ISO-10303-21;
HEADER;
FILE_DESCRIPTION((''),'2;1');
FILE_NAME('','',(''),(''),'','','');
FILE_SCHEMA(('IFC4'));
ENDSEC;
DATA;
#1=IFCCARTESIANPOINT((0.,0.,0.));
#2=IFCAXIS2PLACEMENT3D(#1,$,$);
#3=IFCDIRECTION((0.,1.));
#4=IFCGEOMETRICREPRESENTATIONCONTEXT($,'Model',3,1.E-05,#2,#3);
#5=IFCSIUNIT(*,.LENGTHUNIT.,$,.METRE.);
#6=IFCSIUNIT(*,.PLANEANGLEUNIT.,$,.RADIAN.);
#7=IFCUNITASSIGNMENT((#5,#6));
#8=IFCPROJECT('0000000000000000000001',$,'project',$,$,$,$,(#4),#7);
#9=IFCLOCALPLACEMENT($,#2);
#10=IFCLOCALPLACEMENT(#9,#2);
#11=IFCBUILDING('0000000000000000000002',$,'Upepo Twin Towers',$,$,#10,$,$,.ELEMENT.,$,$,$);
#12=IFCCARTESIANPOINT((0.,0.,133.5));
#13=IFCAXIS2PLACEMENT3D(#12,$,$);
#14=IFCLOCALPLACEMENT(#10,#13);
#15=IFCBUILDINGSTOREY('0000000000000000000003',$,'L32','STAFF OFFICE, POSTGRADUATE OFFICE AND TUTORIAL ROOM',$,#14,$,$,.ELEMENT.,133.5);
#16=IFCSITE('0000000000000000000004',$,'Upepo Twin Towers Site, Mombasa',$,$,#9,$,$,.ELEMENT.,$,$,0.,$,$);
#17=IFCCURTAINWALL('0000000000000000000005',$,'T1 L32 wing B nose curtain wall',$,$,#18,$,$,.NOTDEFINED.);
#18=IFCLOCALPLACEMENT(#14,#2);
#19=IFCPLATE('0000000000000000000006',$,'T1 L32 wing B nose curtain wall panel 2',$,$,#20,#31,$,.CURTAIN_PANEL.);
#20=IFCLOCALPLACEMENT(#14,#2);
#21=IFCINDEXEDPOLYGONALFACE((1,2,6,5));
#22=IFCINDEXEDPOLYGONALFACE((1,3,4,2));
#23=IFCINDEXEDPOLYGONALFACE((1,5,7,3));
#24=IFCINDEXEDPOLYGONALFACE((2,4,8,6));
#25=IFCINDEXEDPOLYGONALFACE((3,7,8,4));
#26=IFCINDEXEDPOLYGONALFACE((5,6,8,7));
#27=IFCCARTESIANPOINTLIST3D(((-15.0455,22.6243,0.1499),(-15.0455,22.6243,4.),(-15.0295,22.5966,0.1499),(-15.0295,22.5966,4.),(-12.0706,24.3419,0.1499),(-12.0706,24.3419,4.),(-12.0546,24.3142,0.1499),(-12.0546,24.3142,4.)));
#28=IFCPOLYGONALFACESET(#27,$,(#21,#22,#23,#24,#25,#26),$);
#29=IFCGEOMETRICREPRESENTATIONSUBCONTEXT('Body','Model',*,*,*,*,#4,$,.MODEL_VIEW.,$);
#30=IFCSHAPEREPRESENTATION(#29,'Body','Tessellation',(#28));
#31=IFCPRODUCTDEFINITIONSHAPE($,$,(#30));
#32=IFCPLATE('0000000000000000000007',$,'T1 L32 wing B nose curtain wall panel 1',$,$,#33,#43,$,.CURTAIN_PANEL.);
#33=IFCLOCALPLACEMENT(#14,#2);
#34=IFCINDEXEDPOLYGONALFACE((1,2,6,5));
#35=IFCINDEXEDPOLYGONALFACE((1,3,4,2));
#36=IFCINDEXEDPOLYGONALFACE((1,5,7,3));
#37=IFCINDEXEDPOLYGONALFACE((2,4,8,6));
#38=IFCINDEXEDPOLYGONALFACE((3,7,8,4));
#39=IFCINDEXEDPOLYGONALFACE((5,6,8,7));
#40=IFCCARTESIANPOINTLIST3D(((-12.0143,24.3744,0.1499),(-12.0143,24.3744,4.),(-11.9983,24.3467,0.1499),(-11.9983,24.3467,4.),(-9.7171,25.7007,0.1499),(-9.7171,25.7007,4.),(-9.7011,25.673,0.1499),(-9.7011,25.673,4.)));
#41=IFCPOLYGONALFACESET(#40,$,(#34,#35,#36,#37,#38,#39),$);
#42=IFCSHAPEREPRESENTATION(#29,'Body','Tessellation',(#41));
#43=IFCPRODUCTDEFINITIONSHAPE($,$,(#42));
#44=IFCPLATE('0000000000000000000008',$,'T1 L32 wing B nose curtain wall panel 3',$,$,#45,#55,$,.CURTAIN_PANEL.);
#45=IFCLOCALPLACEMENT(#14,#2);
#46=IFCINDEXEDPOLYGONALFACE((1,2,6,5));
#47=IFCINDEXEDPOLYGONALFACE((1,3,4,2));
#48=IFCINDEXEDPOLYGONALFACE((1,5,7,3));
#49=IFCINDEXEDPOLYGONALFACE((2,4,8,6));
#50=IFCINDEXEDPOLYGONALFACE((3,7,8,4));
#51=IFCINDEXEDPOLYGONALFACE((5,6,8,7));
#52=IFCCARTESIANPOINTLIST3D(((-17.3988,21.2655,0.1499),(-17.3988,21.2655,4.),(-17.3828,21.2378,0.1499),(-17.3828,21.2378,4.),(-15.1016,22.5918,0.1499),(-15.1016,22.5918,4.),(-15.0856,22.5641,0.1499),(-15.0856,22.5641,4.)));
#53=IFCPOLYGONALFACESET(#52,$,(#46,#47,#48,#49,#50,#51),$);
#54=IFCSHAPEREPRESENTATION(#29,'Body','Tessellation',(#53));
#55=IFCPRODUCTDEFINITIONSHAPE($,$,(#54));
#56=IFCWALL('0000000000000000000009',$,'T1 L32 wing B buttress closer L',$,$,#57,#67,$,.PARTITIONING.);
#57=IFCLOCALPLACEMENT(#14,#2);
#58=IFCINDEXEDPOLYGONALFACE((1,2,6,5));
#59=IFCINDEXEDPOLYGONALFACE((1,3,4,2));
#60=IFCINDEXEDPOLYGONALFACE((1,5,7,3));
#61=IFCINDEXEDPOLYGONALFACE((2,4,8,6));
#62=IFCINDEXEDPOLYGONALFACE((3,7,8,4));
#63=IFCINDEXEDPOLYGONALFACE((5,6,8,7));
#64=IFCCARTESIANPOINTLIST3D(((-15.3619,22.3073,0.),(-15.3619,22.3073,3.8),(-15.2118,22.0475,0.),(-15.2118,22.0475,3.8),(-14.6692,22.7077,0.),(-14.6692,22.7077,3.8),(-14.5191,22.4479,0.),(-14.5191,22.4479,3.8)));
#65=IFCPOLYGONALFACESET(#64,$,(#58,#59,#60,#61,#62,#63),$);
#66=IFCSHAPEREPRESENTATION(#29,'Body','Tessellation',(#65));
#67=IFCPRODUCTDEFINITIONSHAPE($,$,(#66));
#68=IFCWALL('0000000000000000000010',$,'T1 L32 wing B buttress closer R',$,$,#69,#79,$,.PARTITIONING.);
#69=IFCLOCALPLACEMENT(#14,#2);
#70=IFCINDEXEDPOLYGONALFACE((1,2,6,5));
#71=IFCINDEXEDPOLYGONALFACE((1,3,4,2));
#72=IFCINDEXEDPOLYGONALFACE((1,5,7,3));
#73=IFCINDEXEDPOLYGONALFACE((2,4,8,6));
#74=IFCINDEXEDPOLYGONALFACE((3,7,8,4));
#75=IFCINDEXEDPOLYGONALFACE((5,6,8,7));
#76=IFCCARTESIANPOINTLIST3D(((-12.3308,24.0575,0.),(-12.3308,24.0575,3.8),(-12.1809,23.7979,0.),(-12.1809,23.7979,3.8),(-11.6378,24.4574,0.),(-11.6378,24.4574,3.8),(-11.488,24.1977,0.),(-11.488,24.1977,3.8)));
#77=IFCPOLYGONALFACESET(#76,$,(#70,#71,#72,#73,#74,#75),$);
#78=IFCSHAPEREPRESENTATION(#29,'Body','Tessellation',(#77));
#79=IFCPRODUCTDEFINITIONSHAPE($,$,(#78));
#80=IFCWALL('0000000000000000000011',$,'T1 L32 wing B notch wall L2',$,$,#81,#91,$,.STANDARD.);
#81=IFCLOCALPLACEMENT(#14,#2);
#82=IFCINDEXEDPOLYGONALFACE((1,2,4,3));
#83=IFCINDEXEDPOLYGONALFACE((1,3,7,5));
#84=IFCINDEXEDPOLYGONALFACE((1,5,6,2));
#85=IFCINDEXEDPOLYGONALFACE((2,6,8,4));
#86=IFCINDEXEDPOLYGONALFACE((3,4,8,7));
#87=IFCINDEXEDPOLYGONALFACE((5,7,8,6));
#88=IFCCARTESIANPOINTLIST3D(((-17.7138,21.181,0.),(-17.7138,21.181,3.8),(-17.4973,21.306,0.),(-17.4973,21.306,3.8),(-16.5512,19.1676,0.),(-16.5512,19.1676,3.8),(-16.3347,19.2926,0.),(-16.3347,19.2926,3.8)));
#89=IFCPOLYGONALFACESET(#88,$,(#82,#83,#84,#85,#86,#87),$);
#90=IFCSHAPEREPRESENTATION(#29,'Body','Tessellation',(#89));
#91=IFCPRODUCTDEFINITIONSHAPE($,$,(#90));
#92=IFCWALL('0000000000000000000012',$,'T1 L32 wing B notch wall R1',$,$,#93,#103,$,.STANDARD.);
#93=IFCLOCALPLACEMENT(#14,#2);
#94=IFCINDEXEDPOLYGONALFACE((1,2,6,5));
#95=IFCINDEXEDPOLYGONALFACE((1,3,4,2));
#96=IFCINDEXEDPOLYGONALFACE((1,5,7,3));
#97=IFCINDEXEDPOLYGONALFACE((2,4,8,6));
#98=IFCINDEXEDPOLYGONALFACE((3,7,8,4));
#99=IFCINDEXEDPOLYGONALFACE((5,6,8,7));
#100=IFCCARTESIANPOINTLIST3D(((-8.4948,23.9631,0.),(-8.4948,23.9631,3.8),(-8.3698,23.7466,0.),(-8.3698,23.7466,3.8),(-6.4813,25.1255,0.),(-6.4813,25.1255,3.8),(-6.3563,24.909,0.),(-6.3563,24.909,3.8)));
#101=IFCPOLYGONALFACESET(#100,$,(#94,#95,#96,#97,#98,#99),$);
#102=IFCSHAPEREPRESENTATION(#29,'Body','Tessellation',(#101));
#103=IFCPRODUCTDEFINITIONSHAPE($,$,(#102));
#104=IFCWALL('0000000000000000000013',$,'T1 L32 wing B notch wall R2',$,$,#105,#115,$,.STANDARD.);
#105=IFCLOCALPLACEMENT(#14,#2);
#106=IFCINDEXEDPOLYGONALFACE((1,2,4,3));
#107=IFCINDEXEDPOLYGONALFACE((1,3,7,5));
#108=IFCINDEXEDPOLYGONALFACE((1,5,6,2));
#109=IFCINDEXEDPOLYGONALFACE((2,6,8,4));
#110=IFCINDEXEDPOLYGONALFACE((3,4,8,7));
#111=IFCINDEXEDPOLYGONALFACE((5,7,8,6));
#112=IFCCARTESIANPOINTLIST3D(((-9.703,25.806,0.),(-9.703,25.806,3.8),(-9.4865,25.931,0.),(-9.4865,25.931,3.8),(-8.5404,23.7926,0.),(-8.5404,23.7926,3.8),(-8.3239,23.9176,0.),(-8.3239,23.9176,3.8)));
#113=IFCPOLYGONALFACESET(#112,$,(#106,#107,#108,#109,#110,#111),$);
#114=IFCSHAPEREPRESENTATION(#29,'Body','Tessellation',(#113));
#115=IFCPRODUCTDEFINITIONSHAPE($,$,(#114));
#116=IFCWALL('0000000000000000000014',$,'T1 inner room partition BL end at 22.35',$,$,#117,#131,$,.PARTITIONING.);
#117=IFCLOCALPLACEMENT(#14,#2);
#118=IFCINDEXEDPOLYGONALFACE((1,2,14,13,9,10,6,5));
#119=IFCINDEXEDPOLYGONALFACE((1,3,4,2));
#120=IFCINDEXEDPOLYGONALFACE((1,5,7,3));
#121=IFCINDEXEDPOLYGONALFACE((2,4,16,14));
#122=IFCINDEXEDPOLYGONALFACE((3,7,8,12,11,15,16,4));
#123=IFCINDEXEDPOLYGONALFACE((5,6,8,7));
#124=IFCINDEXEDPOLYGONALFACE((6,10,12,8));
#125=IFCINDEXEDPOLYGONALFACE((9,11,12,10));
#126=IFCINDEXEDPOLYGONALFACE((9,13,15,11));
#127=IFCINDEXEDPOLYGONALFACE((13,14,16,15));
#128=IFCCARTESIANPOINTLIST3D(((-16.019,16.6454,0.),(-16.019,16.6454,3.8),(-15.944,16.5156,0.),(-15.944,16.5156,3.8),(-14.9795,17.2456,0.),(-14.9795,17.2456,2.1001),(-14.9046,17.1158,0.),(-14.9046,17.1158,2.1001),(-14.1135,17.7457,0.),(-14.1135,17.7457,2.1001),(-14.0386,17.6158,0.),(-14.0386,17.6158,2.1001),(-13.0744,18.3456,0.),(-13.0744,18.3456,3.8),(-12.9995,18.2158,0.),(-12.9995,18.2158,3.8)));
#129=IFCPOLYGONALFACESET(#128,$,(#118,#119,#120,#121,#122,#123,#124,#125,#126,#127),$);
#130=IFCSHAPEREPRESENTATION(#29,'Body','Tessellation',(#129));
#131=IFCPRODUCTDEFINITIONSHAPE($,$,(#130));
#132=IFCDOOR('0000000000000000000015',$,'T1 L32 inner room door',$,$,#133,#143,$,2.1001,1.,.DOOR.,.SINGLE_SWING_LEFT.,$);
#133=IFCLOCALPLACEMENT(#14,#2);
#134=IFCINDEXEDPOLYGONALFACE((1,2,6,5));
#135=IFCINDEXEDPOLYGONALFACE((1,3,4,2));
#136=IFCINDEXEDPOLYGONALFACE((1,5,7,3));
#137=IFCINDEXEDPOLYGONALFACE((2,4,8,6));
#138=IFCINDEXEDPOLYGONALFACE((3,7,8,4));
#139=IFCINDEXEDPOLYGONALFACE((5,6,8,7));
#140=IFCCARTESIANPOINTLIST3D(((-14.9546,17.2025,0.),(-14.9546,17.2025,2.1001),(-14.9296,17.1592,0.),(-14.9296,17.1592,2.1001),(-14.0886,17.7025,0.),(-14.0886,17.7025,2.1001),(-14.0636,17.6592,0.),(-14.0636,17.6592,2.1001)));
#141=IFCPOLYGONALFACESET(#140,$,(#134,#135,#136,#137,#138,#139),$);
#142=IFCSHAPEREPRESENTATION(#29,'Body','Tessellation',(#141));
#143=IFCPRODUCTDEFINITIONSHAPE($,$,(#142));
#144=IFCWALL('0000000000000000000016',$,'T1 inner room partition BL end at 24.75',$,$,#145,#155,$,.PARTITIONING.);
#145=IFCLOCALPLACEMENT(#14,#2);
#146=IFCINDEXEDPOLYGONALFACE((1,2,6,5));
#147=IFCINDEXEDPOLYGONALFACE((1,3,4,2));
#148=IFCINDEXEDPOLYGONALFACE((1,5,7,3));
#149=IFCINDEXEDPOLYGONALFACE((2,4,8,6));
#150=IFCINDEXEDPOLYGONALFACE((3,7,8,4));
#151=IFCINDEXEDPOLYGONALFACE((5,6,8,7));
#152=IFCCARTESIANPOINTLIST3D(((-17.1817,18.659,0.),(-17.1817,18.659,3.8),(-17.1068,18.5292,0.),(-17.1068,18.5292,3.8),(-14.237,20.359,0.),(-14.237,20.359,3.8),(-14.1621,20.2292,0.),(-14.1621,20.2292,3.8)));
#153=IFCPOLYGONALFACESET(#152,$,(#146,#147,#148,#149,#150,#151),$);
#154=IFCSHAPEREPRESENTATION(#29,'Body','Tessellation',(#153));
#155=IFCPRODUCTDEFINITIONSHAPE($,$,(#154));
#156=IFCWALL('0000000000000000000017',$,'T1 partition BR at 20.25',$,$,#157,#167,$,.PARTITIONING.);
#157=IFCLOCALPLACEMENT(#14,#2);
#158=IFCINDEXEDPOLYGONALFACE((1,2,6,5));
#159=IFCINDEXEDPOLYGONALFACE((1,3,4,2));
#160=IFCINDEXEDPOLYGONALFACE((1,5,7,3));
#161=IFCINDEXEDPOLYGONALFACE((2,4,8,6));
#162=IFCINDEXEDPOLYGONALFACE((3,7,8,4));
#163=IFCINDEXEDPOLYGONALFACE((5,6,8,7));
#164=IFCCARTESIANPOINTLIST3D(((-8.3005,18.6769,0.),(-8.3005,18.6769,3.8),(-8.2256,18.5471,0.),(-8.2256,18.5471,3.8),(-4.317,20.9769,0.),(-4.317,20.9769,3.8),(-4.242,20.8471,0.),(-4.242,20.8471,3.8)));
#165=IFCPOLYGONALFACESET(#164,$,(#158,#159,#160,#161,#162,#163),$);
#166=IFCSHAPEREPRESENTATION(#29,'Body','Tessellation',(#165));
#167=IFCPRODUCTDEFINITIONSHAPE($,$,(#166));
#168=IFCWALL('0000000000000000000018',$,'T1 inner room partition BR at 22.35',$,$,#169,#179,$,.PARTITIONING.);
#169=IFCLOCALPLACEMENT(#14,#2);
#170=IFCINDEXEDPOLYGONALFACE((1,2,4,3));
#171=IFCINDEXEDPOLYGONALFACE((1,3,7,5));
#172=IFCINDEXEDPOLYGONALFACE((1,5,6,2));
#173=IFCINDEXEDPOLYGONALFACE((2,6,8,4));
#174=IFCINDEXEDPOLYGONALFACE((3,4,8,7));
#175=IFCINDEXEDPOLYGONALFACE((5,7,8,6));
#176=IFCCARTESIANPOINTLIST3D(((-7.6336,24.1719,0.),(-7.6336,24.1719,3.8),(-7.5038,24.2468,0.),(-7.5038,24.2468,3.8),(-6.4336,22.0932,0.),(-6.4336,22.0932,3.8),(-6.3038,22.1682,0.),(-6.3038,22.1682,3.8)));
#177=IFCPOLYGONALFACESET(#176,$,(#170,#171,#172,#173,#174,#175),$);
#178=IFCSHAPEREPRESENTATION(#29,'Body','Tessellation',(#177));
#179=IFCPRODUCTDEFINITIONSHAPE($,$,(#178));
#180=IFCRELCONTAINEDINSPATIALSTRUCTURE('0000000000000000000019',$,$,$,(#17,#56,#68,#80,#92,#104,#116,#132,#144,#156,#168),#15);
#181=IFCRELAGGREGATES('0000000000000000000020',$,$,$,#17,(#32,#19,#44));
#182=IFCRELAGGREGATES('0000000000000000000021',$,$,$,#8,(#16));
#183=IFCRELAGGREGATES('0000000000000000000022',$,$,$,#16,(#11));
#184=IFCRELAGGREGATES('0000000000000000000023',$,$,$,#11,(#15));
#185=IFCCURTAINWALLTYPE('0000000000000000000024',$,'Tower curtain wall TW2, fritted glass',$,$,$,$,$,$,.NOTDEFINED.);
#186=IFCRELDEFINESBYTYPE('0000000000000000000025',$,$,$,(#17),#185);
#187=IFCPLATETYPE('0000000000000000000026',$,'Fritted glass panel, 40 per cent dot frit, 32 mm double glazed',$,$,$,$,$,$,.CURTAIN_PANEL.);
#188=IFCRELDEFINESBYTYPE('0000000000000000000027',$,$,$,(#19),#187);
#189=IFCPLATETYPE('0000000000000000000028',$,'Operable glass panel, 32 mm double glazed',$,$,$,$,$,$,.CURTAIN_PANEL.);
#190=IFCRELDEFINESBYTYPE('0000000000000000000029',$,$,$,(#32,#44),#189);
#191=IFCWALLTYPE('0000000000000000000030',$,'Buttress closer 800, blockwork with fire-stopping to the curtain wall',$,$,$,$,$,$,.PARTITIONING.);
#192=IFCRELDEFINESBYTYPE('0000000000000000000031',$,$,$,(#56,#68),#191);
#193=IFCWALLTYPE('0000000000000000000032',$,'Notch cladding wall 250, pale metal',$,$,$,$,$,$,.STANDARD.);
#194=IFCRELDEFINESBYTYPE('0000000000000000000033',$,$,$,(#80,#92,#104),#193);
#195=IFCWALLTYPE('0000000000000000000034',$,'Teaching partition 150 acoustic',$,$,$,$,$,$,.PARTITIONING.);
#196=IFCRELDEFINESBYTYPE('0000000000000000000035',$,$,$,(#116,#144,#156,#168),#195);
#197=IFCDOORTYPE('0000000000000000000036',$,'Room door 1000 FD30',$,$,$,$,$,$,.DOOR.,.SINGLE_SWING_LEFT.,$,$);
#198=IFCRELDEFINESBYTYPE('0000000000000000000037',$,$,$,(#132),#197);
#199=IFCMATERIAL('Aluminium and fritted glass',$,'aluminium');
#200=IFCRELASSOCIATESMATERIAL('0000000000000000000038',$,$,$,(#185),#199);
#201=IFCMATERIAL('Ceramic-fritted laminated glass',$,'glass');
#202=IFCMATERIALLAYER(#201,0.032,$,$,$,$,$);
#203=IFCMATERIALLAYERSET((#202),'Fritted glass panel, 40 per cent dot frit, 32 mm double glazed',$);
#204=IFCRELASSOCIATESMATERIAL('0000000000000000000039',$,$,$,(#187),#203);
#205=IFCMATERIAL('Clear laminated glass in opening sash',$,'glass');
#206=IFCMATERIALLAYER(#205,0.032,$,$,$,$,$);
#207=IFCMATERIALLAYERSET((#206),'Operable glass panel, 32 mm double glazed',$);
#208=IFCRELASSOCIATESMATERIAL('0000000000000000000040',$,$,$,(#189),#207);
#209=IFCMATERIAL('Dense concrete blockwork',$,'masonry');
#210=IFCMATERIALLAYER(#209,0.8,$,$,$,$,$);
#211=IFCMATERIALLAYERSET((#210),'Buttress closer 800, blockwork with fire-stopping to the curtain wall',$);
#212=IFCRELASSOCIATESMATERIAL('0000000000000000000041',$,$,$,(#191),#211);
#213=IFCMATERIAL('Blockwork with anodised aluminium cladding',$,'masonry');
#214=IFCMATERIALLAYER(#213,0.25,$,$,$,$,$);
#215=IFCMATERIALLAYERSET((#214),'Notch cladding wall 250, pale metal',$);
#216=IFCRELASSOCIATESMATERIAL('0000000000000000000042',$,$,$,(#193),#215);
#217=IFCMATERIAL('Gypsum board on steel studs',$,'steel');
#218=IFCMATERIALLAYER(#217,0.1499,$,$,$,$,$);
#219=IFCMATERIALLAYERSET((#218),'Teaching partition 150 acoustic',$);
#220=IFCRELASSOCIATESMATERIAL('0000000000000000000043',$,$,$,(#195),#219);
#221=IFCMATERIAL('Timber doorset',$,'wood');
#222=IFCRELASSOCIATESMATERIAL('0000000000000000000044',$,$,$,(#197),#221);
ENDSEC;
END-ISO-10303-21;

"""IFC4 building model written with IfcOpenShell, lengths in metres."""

from ifc_helpers import new_model, si_unit, direction, frame, frame_2d, origin, origin_2d, place, context, subcontext, project, spatial, rectangle, extrude, material, layer, layer_set, type_object, element, fill, aggregate, save


model = new_model("IFC4")

# Units and contexts
model_context = context("Model", 3, precision=1e-05, world=origin(), true_north=direction((0.0, 1.0)))
body_context = subcontext(model_context, "Body", "Model", "MODEL_VIEW")
ifc_project = project(units=[si_unit("LENGTHUNIT", "METRE"), si_unit("PLANEANGLEUNIT", "RADIAN")], contexts=[model_context])

# Site, building, storey
site_placement = place(None, origin())
site = spatial("IfcSite", under=ifc_project, at=site_placement, Name="Upepo Twin Towers Site, Mombasa", CompositionType="ELEMENT", RefElevation=0.0)
building_placement = place(site_placement, origin())
building = spatial("IfcBuilding", under=site, at=building_placement, Name="Upepo Twin Towers", CompositionType="ELEMENT")
storey_placement = place(building_placement, frame((0.0, 0.0, 133.5)))
storey = spatial("IfcBuildingStorey", under=building, at=storey_placement, Name="L32", Description="STAFF OFFICE, POSTGRADUATE OFFICE AND TUTORIAL ROOM", CompositionType="ELEMENT", Elevation=133.5)

# Shared definitions
ifc_material_1 = material(Name="Aluminium and fritted glass", Category="aluminium")
curtain_wall_type = type_object("IfcCurtainWallType", Name="Tower curtain wall TW2, fritted glass", PredefinedType="NOTDEFINED", material=ifc_material_1)

# Curtain wall
curtain_wall_1_placement = place(storey_placement, origin())
curtain_wall_1 = element("IfcCurtainWall", 1, at=curtain_wall_1_placement, inside=storey, type_object=curtain_wall_type, Name="T1 L32 wing B nose curtain wall", PredefinedType="NOTDEFINED")

# Plates
ifc_material_2 = material(Name="Ceramic-fritted laminated glass", Category="glass")
ifc_layer_1 = layer(ifc_material_2, 0.032)
ifc_layer_set_1 = layer_set([ifc_layer_1], Name="Fritted glass panel, 40 per cent dot frit, 32 mm double glazed")
plate_type_1 = type_object("IfcPlateType", Name="Fritted glass panel, 40 per cent dot frit, 32 mm double glazed", PredefinedType="CURTAIN_PANEL", material=ifc_layer_set_1)
plate_1_placement = place(storey_placement, frame((-13.55, 23.4692, 0.1499), z_axis=(0.0, 0.0, 1.0), x_axis=(-0.866025, -0.5, 0.0)))
plate_1 = element("IfcPlate", 2, at=plate_1_placement, type_object=plate_type_1, Name="T1 L32 wing B nose curtain wall panel 2", PredefinedType="CURTAIN_PANEL", context=body_context, shape_type="SweptSolid", body=[
    extrude(rectangle(XDim=3.4351, YDim=0.032, at=origin_2d()), origin(), (0.0, 0.0, 1.0), 3.8501),
])
ifc_material_3 = material(Name="Clear laminated glass in opening sash", Category="glass")
ifc_layer_2 = layer(ifc_material_3, 0.032)
ifc_layer_set_2 = layer_set([ifc_layer_2], Name="Operable glass panel, 32 mm double glazed")
plate_type_2 = type_object("IfcPlateType", Name="Operable glass panel, 32 mm double glazed", PredefinedType="CURTAIN_PANEL", material=ifc_layer_set_2)
plate_2_placement = place(storey_placement, frame((-10.8577, 25.0237, 0.1499), z_axis=(0.0, 0.0, 1.0), x_axis=(-0.866025, -0.5, 0.0)))
plate_2 = element("IfcPlate", 3, at=plate_2_placement, type_object=plate_type_2, Name="T1 L32 wing B nose curtain wall panel 1", PredefinedType="CURTAIN_PANEL", context=body_context, shape_type="SweptSolid", body=[
    extrude(rectangle(XDim=2.6526, YDim=0.032, at=origin_2d()), origin(), (0.0, 0.0, 1.0), 3.8501),
])
plate_3_placement = place(storey_placement, frame((-16.2422, 21.9148, 0.1499), z_axis=(0.0, 0.0, 1.0), x_axis=(-0.866025, -0.5, 0.0)))
plate_3 = element("IfcPlate", 4, at=plate_3_placement, type_object=plate_type_2, Name="T1 L32 wing B nose curtain wall panel 3", PredefinedType="CURTAIN_PANEL", context=body_context, shape_type="SweptSolid", body=[
    extrude(rectangle(XDim=2.6526, YDim=0.032, at=origin_2d()), origin(), (0.0, 0.0, 1.0), 3.8501),
])
aggregate(curtain_wall_1, [plate_2, plate_1, plate_3])

# Walls
ifc_material_4 = material(Name="Dense concrete blockwork", Category="masonry")
ifc_layer_3 = layer(ifc_material_4, 0.8)
ifc_layer_set_3 = layer_set([ifc_layer_3], Name="Buttress closer 800, blockwork with fire-stopping to the curtain wall")
wall_type_1 = type_object("IfcWallType", Name="Buttress closer 800, blockwork with fire-stopping to the curtain wall", PredefinedType="PARTITIONING", material=ifc_layer_set_3)
wall_1_placement = place(storey_placement, frame((-14.8655, 22.2478, 0.0), z_axis=(0.0, 0.0, 1.0), x_axis=(-0.500427, 0.865779, 0.0)))
element("IfcWall", 5, at=wall_1_placement, inside=storey, type_object=wall_type_1, Name="T1 L32 wing B buttress closer L", PredefinedType="PARTITIONING", context=body_context, shape_type="SweptSolid", body=[
    extrude(rectangle(XDim=0.3, YDim=0.8, at=frame_2d((0.1499, 0.0))), origin(), (0.0, 0.0, 1.0), 3.8),
])
wall_2_placement = place(storey_placement, frame((-11.8345, 23.9978, 0.0), z_axis=(0.0, 0.0, 1.0), x_axis=(-0.499816, 0.866131, 0.0)))
element("IfcWall", 6, at=wall_2_placement, inside=storey, type_object=wall_type_1, Name="T1 L32 wing B buttress closer R", PredefinedType="PARTITIONING", context=body_context, shape_type="SweptSolid", body=[
    extrude(rectangle(XDim=0.2998, YDim=0.8, at=frame_2d((0.1499, 0.0))), origin(), (0.0, 0.0, 1.0), 3.8),
])
ifc_material_5 = material(Name="Blockwork with anodised aluminium cladding", Category="masonry")
ifc_layer_4 = layer(ifc_material_5, 0.25)
ifc_layer_set_4 = layer_set([ifc_layer_4], Name="Notch cladding wall 250, pale metal")
wall_type_2 = type_object("IfcWallType", Name="Notch cladding wall 250, pale metal", PredefinedType="STANDARD", material=ifc_layer_set_4)
for number, where, z_axis, x_axis, name in (
    (7, (-16.4429, 19.23, 0.0), (0.0, 0.0, 1.0), (-0.500047, 0.865998, 0.0), "T1 L32 wing B notch wall L2"),
    (8, (-6.4187, 25.0173, 0.0), (0.0, 0.0, 1.0), (-0.866044, -0.499968, 0.0), "T1 L32 wing B notch wall R1"),
    (9, (-8.4321, 23.855, 0.0), (0.0, 0.0, 1.0), (-0.500047, 0.865998, 0.0), "T1 L32 wing B notch wall R2"),
):
    element("IfcWall", number, at=place(storey_placement, frame(where, z_axis=z_axis, x_axis=x_axis)), inside=storey, type_object=wall_type_2, Name=name, PredefinedType="STANDARD", context=body_context, shape_type="SweptSolid", body=[
        extrude(rectangle(XDim=2.325, YDim=0.25, at=frame_2d((1.1626, 0.0))), origin(), (0.0, 0.0, 1.0), 3.8),
    ])

# Wall, opening, door
ifc_material_6 = material(Name="Gypsum board on steel studs", Category="steel")
ifc_layer_5 = layer(ifc_material_6, 0.1499)
ifc_layer_set_5 = layer_set([ifc_layer_5], Name="Teaching partition 150 acoustic")
wall_type_3 = type_object("IfcWallType", Name="Teaching partition 150 acoustic", PredefinedType="PARTITIONING", material=ifc_layer_set_5)
wall_3_placement = place(storey_placement, frame((-13.0369, 18.2808, 0.0), z_axis=(0.0, 0.0, 1.0), x_axis=(-0.866007, -0.500031, 0.0)))
wall_3 = element("IfcWall", 10, at=wall_3_placement, inside=storey, type_object=wall_type_3, Name="T1 inner room partition BL end at 22.35", PredefinedType="PARTITIONING", context=body_context, shape_type="SweptSolid", body=[
    extrude(rectangle(XDim=3.4001, YDim=0.1499, at=frame_2d((1.7002, 0.0))), origin(), (0.0, 0.0, 1.0), 3.8),
])
opening_1_placement = place(wall_3_placement, frame((1.2, 0.0, 0.0)))
opening_1 = element("IfcOpeningElement", 11, at=opening_1_placement, cuts=wall_3, PredefinedType="OPENING", context=body_context, shape_type="SweptSolid", body=[
    extrude(rectangle(XDim=1.0, YDim=2.1001, at=frame_2d((0.5, 1.05))), frame((0.0, 0.085, 0.0), z_axis=(0.0, -1.0, 0.0), x_axis=(1.0, 0.0, 0.0)), (0.0, 0.0, 1.0), 0.1699),
])
ifc_material_7 = material(Name="Timber doorset", Category="wood")
door_type = type_object("IfcDoorType", Name="Room door 1000 FD30", OperationType="SINGLE_SWING_LEFT", PredefinedType="DOOR", material=ifc_material_7)
door_1_placement = place(opening_1_placement, origin())
door_1 = element("IfcDoor", 12, at=door_1_placement, inside=storey, type_object=door_type, Name="T1 L32 inner room door", OperationType="SINGLE_SWING_LEFT", OverallHeight=2.1001, OverallWidth=1.0, PredefinedType="DOOR", context=body_context, shape_type="SweptSolid", body=[
    extrude(rectangle(XDim=1.0, YDim=2.1001, at=frame_2d((0.5, 1.05))), frame((0.0, 0.0249, 0.0), z_axis=(0.0, -1.0, 0.0), x_axis=(1.0, 0.0, 0.0)), (0.0, 0.0, 1.0), 0.05),
])
fill(opening_1, door_1)

# Walls
wall_4_placement = place(storey_placement, frame((-14.1995, 20.2942, 0.0), z_axis=(0.0, 0.0, 1.0), x_axis=(-0.866039, -0.499977, 0.0)))
element("IfcWall", 13, at=wall_4_placement, inside=storey, type_object=wall_type_3, Name="T1 inner room partition BL end at 24.75", PredefinedType="PARTITIONING", context=body_context, shape_type="SweptSolid", body=[
    extrude(rectangle(XDim=3.4001, YDim=0.1499, at=frame_2d((1.7002, 0.0))), origin(), (0.0, 0.0, 1.0), 3.8),
])
wall_5_placement = place(storey_placement, frame((-8.2629, 18.6121, 0.0), z_axis=(0.0, 0.0, 1.0), x_axis=(0.866017, 0.500015, 0.0)))
element("IfcWall", 14, at=wall_5_placement, inside=storey, type_object=wall_type_3, Name="T1 partition BR at 20.25", PredefinedType="PARTITIONING", context=body_context, shape_type="SweptSolid", body=[
    extrude(rectangle(XDim=4.5999, YDim=0.1499, at=frame_2d((2.2998, 0.0))), origin(), (0.0, 0.0, 1.0), 3.8),
])
wall_6_placement = place(storey_placement, frame((-6.3687, 22.1306, 0.0), z_axis=(0.0, 0.0, 1.0), x_axis=(-0.499957, 0.86605, 0.0)))
element("IfcWall", 15, at=wall_6_placement, inside=storey, type_object=wall_type_3, Name="T1 inner room partition BR at 22.35", PredefinedType="PARTITIONING", context=body_context, shape_type="SweptSolid", body=[
    extrude(rectangle(XDim=2.4001, YDim=0.1499, at=frame_2d((1.2002, 0.0))), origin(), (0.0, 0.0, 1.0), 3.8),
])

save(model, "model.ifc")
